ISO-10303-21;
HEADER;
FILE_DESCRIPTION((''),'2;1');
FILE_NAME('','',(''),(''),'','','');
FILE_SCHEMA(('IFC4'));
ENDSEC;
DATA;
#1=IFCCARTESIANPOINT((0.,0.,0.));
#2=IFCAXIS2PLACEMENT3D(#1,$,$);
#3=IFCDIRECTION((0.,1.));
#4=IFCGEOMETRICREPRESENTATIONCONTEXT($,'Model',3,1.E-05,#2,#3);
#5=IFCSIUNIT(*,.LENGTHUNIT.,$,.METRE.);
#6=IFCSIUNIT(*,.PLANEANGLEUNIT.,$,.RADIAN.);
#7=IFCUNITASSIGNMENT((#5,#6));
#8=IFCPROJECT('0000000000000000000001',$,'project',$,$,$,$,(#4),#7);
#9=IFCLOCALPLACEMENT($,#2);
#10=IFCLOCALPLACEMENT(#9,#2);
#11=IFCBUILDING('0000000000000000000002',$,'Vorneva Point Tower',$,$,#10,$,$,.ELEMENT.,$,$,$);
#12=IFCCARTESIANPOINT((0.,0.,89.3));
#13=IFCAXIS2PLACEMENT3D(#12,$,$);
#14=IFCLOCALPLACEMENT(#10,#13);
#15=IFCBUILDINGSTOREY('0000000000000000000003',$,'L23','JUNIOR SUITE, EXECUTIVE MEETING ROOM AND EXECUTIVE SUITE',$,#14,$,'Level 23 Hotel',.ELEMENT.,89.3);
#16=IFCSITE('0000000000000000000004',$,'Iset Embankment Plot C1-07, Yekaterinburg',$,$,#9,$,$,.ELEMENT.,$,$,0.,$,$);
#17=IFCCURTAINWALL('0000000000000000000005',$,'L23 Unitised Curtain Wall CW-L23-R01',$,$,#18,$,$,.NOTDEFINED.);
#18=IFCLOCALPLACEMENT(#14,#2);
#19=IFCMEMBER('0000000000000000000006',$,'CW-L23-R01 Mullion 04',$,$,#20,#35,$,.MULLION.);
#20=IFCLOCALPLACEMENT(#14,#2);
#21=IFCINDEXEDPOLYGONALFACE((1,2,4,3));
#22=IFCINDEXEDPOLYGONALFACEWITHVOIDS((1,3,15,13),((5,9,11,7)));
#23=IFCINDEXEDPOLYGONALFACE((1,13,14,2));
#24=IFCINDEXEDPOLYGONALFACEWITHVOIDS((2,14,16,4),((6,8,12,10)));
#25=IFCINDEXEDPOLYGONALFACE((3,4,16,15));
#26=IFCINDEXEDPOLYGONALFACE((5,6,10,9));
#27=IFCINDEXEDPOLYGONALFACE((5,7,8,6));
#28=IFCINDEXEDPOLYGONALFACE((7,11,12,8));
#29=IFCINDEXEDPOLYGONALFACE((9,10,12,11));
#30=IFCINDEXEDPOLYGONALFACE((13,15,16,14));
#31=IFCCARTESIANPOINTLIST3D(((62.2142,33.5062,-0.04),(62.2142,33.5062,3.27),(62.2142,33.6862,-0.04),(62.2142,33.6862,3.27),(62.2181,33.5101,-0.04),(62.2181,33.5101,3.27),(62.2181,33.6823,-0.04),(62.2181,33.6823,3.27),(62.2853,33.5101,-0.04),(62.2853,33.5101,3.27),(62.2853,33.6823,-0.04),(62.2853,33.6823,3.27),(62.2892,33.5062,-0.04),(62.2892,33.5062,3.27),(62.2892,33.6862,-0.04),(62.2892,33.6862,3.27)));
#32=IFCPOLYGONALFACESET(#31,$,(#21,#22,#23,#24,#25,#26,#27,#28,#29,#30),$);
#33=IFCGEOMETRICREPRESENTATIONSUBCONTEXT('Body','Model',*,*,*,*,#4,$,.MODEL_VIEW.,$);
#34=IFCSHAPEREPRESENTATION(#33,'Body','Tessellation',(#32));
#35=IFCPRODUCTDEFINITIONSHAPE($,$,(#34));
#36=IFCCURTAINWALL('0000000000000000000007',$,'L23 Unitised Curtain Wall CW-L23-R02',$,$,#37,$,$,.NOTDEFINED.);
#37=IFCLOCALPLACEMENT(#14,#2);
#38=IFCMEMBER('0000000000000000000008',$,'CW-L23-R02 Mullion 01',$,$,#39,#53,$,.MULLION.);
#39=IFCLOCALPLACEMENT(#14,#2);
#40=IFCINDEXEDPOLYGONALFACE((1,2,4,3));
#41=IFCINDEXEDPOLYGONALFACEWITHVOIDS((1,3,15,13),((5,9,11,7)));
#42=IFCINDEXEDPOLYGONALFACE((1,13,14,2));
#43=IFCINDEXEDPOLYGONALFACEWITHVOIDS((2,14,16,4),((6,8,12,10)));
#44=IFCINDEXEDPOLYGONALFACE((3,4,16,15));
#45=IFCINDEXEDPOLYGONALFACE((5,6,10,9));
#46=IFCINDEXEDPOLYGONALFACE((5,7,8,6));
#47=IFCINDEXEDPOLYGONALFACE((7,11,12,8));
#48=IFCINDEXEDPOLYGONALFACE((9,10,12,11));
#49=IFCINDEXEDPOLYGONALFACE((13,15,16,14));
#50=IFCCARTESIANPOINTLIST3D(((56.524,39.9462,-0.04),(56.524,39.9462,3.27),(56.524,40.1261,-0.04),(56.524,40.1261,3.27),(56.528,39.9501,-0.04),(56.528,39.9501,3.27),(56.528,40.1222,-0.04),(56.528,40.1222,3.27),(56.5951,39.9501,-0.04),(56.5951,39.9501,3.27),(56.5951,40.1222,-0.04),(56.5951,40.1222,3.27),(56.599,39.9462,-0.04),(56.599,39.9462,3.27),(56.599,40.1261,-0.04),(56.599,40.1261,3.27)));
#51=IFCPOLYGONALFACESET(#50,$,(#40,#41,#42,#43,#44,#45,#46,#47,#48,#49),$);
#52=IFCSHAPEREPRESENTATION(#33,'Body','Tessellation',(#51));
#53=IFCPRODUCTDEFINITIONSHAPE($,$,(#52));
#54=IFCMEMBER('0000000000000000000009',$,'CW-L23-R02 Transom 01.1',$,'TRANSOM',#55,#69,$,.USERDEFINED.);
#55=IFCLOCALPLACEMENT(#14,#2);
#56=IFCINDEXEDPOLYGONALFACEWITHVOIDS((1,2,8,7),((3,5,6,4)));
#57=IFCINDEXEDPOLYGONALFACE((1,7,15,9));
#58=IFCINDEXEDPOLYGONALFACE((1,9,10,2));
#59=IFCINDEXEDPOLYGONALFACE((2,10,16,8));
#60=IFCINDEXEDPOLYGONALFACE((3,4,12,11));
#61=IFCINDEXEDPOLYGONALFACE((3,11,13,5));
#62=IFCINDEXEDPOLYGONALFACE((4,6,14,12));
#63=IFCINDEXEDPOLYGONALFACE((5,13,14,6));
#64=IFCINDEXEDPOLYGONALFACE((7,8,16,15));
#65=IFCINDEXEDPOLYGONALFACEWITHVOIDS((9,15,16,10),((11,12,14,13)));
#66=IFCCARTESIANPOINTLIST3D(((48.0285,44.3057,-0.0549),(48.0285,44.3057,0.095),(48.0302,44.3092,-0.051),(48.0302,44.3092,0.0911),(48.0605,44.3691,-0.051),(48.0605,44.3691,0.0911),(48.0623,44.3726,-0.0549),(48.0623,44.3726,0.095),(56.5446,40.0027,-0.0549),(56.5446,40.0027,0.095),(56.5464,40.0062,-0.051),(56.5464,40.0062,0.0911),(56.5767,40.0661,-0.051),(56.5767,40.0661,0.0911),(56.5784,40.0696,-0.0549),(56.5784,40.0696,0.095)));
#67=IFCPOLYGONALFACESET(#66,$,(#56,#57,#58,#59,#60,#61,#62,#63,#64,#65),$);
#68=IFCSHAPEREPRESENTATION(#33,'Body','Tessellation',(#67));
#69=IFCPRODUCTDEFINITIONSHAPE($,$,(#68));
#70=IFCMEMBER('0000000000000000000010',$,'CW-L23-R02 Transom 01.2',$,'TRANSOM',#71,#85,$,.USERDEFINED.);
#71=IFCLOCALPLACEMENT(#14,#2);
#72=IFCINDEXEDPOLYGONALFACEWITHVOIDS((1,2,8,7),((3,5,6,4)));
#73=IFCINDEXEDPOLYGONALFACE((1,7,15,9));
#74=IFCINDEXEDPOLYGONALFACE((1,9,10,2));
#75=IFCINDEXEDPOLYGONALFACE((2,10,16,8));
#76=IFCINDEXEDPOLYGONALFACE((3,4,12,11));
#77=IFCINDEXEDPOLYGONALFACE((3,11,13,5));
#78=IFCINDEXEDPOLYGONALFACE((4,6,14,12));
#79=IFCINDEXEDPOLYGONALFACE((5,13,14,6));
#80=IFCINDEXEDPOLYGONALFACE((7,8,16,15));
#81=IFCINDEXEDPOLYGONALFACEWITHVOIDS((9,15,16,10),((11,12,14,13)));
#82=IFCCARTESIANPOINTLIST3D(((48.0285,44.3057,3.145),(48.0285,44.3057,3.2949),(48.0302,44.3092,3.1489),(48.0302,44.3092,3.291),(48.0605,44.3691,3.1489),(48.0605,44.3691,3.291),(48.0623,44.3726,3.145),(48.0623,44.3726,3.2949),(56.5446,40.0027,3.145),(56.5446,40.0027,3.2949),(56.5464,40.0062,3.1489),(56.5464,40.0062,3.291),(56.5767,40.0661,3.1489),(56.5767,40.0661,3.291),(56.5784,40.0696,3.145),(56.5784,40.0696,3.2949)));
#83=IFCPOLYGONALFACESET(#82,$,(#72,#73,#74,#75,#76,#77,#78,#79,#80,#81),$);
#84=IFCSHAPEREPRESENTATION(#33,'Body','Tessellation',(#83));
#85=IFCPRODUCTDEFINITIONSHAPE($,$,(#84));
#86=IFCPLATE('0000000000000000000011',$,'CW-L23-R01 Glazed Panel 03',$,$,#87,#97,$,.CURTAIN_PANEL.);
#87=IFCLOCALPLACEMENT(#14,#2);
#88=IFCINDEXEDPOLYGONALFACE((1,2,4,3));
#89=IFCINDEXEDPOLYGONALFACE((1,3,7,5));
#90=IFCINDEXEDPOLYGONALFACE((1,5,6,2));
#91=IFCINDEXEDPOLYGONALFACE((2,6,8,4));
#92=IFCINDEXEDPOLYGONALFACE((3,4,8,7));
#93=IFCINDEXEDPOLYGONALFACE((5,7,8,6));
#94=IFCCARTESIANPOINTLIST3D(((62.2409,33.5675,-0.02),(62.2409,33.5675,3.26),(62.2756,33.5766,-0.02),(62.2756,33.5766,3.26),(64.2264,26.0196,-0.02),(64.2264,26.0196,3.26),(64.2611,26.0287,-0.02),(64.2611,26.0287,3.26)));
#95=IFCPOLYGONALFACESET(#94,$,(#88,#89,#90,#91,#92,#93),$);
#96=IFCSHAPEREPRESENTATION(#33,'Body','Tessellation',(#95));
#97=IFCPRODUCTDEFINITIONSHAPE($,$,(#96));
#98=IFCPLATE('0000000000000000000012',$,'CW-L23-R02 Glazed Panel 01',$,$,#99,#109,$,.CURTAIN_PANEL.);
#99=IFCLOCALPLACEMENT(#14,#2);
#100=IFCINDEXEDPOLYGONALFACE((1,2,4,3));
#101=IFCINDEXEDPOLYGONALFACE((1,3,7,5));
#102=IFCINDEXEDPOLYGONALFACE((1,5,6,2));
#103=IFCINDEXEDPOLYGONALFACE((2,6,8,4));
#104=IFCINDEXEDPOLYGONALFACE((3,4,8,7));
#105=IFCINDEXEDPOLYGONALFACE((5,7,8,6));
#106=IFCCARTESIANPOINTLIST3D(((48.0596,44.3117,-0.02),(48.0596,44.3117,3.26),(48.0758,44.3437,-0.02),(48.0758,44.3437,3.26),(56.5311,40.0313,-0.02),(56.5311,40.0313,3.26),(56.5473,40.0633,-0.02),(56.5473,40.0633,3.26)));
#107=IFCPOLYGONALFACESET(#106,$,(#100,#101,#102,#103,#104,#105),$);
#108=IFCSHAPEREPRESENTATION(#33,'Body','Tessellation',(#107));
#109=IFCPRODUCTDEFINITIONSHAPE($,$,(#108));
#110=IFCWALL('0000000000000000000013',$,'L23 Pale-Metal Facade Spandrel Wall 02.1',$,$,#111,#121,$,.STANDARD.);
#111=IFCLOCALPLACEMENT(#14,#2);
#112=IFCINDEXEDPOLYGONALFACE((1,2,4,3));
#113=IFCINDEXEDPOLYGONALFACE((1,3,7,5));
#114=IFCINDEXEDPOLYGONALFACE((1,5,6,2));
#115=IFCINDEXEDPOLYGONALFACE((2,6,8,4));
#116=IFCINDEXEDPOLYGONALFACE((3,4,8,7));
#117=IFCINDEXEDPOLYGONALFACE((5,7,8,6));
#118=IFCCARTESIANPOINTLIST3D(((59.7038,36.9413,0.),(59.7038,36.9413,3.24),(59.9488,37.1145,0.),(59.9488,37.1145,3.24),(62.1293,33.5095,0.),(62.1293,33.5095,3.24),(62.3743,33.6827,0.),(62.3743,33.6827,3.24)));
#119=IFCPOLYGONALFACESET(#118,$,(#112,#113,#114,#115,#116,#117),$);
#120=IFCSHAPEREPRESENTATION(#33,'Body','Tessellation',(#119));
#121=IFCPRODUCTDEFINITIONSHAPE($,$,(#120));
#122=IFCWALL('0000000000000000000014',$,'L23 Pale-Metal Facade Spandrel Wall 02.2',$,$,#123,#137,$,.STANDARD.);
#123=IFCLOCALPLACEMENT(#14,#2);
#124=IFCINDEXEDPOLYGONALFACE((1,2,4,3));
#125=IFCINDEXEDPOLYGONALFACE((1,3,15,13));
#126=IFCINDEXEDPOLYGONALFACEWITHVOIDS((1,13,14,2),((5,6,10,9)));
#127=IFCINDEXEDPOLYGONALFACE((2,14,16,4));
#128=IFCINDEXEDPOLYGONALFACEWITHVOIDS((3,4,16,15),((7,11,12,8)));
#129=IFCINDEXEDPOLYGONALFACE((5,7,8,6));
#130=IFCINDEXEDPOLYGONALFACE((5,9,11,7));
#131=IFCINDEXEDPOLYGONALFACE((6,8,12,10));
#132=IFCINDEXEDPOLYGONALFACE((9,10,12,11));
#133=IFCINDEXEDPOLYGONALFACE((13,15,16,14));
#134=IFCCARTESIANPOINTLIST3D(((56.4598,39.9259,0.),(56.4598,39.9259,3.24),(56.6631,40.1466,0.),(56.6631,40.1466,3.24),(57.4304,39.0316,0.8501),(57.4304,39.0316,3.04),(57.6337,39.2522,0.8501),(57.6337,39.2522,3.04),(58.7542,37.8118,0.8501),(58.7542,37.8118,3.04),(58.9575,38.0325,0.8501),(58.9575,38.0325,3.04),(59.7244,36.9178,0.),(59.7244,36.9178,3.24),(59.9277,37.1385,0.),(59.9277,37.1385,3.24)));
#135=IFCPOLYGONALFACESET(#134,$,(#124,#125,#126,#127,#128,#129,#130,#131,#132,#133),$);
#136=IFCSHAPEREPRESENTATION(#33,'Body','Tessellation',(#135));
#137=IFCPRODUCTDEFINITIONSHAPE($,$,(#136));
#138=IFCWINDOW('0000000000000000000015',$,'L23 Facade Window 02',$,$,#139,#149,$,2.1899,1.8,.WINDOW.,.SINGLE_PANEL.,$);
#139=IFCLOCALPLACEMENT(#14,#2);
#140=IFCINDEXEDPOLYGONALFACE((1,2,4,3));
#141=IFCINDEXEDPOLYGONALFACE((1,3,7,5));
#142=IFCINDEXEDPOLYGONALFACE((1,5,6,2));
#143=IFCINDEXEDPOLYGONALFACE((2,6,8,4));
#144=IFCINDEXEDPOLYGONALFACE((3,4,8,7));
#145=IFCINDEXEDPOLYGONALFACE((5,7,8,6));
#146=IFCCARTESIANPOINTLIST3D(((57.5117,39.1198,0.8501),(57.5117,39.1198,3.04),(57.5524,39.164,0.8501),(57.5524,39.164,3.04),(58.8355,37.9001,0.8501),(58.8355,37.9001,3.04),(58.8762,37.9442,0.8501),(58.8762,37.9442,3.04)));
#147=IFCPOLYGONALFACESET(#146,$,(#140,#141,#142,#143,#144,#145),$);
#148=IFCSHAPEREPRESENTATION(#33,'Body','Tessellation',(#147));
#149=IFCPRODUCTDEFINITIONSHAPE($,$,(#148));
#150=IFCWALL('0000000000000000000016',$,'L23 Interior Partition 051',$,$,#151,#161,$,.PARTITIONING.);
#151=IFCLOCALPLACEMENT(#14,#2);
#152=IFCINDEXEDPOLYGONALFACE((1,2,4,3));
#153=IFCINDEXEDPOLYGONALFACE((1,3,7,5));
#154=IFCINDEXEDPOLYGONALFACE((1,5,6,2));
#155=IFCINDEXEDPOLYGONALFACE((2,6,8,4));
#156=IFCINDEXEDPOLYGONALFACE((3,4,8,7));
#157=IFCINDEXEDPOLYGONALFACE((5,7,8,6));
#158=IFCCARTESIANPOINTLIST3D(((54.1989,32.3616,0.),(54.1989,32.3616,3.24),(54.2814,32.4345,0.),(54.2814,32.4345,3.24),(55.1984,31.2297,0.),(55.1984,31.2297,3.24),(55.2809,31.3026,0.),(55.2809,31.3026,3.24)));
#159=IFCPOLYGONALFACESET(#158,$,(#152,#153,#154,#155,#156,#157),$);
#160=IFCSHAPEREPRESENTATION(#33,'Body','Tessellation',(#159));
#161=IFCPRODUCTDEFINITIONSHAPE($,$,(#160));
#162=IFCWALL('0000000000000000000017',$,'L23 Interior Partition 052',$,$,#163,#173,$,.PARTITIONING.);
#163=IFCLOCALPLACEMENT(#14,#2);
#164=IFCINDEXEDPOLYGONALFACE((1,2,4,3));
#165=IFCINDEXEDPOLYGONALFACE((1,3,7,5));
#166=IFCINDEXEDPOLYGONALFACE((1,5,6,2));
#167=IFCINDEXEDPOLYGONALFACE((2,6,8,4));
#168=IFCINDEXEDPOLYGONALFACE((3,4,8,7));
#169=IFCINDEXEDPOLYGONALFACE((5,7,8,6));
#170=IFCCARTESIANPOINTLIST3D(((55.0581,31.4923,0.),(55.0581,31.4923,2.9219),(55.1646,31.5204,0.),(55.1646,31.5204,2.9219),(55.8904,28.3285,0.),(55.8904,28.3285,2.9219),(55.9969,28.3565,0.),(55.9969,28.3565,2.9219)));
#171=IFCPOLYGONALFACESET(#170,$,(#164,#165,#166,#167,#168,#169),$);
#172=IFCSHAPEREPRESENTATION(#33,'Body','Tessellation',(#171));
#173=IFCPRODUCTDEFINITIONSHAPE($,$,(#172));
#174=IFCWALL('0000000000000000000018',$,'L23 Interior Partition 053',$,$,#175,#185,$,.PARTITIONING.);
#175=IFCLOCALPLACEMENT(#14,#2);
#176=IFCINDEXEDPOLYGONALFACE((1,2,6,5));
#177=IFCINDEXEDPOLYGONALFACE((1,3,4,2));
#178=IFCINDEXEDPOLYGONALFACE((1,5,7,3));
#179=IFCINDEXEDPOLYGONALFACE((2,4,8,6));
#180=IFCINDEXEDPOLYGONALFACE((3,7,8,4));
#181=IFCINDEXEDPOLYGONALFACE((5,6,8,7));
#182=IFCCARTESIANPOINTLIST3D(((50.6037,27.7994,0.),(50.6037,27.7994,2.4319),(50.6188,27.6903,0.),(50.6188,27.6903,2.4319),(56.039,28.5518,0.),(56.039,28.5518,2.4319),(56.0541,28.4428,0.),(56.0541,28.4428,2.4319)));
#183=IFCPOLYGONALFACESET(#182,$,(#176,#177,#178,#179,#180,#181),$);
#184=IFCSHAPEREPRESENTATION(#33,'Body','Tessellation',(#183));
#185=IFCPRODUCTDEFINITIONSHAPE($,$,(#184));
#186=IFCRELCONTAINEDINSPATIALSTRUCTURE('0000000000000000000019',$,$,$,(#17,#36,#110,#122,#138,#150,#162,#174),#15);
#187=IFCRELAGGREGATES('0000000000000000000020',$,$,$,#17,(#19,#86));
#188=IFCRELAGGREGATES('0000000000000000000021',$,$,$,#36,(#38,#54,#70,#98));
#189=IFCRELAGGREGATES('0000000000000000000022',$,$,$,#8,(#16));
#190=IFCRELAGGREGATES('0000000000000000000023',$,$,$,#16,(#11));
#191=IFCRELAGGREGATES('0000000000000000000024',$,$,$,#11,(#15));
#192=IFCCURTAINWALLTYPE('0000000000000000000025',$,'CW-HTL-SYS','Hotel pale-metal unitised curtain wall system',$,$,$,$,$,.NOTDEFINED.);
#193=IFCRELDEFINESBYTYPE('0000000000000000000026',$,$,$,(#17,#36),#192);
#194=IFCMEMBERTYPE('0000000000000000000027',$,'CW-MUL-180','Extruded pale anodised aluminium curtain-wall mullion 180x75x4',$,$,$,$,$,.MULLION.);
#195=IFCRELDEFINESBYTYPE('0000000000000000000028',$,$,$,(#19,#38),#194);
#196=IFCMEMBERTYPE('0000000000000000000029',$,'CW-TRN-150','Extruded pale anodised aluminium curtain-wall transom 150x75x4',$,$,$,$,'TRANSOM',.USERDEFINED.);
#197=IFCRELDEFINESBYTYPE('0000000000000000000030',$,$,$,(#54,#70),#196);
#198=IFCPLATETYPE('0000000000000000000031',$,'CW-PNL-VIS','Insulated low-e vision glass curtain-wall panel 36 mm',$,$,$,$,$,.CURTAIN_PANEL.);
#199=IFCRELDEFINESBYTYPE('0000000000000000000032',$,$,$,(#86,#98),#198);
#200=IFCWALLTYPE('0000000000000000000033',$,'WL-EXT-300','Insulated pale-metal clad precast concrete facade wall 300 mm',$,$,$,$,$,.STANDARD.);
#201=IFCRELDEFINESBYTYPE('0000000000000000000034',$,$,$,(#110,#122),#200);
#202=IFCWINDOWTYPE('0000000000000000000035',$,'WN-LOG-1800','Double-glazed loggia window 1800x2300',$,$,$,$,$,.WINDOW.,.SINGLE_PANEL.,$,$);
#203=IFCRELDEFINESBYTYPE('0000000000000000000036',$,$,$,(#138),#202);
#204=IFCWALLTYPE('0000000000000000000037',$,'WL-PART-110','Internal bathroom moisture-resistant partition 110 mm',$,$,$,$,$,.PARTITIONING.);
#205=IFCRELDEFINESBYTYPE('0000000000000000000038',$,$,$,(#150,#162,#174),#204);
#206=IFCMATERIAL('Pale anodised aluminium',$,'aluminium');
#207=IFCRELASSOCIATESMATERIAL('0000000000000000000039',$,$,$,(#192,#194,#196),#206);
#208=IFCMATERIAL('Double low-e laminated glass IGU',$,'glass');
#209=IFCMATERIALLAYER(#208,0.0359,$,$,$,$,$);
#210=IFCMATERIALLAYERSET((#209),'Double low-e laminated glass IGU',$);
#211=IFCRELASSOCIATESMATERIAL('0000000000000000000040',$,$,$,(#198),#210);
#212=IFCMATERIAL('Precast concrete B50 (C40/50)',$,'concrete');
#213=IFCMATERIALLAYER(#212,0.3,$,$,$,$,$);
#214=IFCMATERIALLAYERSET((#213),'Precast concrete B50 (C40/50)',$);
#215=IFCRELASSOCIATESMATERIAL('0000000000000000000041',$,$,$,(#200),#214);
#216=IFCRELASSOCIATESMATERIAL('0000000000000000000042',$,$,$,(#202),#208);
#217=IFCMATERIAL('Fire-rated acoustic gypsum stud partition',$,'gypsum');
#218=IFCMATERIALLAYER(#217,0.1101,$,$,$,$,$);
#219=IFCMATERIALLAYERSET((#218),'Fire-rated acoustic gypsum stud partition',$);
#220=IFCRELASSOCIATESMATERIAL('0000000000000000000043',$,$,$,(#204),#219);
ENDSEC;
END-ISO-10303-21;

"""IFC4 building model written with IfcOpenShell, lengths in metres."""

from ifc_helpers import new_model, si_unit, direction, frame, frame_2d, origin, origin_2d, place, context, subcontext, project, spatial, rectangle, hollow_rectangle, extrude, material, layer, layer_set, material_profile, profile_set, type_object, element, fill, aggregate, save


model = new_model("IFC4")

# Units and contexts
model_context = context("Model", 3, precision=1e-05, world=origin(), true_north=direction((0.0, 1.0)))
body_context = subcontext(model_context, "Body", "Model", "MODEL_VIEW")
ifc_project = project(units=[si_unit("LENGTHUNIT", "METRE"), si_unit("PLANEANGLEUNIT", "RADIAN")], contexts=[model_context])

# Site, building, storey
site_placement = place(None, origin())
site = spatial("IfcSite", under=ifc_project, at=site_placement, Name="Iset Embankment Plot C1-07, Yekaterinburg", CompositionType="ELEMENT", RefElevation=0.0)
building_placement = place(site_placement, origin())
building = spatial("IfcBuilding", under=site, at=building_placement, Name="Vorneva Point Tower", CompositionType="ELEMENT")
storey_placement = place(building_placement, frame((0.0, 0.0, 89.3)))
storey = spatial("IfcBuildingStorey", under=building, at=storey_placement, Name="L23", Description="JUNIOR SUITE, EXECUTIVE MEETING ROOM AND EXECUTIVE SUITE", LongName="Level 23 Hotel", CompositionType="ELEMENT", Elevation=89.3)

# Curtain wall, member
ifc_material_1 = material(Name="Pale anodised aluminium", Category="aluminium")
curtain_wall_type = type_object("IfcCurtainWallType", Name="CW-HTL-SYS", Description="Hotel pale-metal unitised curtain wall system", PredefinedType="NOTDEFINED", material=ifc_material_1)
curtain_wall_1_placement = place(storey_placement, origin())
curtain_wall_1 = element("IfcCurtainWall", 1, at=curtain_wall_1_placement, inside=storey, type_object=curtain_wall_type, Name="L23 Unitised Curtain Wall CW-L23-R01", PredefinedType="NOTDEFINED")
ifc_material_profile_1 = material_profile(ifc_material_1, hollow_rectangle(XDim=0.075, YDim=0.1799, WallThickness=0.0039, at=origin_2d()), Name="AL-MUL 180x75x4")
ifc_profile_set_1 = profile_set([ifc_material_profile_1], Name="Pale anodised aluminium")
member_type_1 = type_object("IfcMemberType", Name="CW-MUL-180", Description="Extruded pale anodised aluminium curtain-wall mullion 180x75x4", PredefinedType="MULLION", material=ifc_profile_set_1)
member_1_placement = place(storey_placement, frame((62.2517, 33.5962, -0.04), z_axis=(0.0, 0.0, 1.0), x_axis=(1.0, 0.0, 0.0)))
member_1 = element("IfcMember", 2, at=member_1_placement, type_object=member_type_1, Name="CW-L23-R01 Mullion 04", PredefinedType="MULLION", context=body_context, shape_type="SweptSolid", body=[
    extrude(hollow_rectangle(XDim=0.075, YDim=0.1799, WallThickness=0.0039, at=origin_2d()), origin(), (0.0, 0.0, 1.0), 3.3101),
])

# Curtain wall, members
curtain_wall_2_placement = place(storey_placement, origin())
curtain_wall_2 = element("IfcCurtainWall", 3, at=curtain_wall_2_placement, inside=storey, type_object=curtain_wall_type, Name="L23 Unitised Curtain Wall CW-L23-R02", PredefinedType="NOTDEFINED")
member_2_placement = place(storey_placement, frame((56.5615, 40.0361, -0.04), z_axis=(0.0, 0.0, 1.0), x_axis=(1.0, 0.0, 0.0)))
member_2 = element("IfcMember", 4, at=member_2_placement, type_object=member_type_1, Name="CW-L23-R02 Mullion 01", PredefinedType="MULLION", context=body_context, shape_type="SweptSolid", body=[
    extrude(hollow_rectangle(XDim=0.075, YDim=0.1799, WallThickness=0.0039, at=origin_2d()), origin(), (0.0, 0.0, 1.0), 3.3101),
])
ifc_material_profile_2 = material_profile(ifc_material_1, hollow_rectangle(XDim=0.075, YDim=0.1499, WallThickness=0.0039, at=origin_2d()), Name="AL-TRN 150x75x4")
ifc_profile_set_2 = profile_set([ifc_material_profile_2], Name="Pale anodised aluminium")
member_type_2 = type_object("IfcMemberType", Name="CW-TRN-150", Description="Extruded pale anodised aluminium curtain-wall transom 150x75x4", ElementType="TRANSOM", PredefinedType="USERDEFINED", material=ifc_profile_set_2)
member_3_placement = place(storey_placement, frame((56.5615, 40.0361, 0.02), z_axis=(-0.892536, 0.450976, 0.0), x_axis=(-0.450976, -0.892536, 0.0)))
member_3 = element("IfcMember", 5, at=member_3_placement, type_object=member_type_2, Name="CW-L23-R02 Transom 01.1", ObjectType="TRANSOM", PredefinedType="USERDEFINED", context=body_context, shape_type="SweptSolid", body=[
    extrude(hollow_rectangle(XDim=0.075, YDim=0.1499, WallThickness=0.0039, at=origin_2d()), origin(), (0.0, 0.0, 1.0), 9.5415),
])
member_4_placement = place(storey_placement, frame((56.5615, 40.0361, 3.22), z_axis=(-0.892536, 0.450976, 0.0), x_axis=(-0.450976, -0.892536, 0.0)))
member_4 = element("IfcMember", 6, at=member_4_placement, type_object=member_type_2, Name="CW-L23-R02 Transom 01.2", ObjectType="TRANSOM", PredefinedType="USERDEFINED", context=body_context, shape_type="SweptSolid", body=[
    extrude(hollow_rectangle(XDim=0.075, YDim=0.1499, WallThickness=0.0039, at=origin_2d()), origin(), (0.0, 0.0, 1.0), 9.5415),
])

# Plates
ifc_material_2 = material(Name="Double low-e laminated glass IGU", Category="glass")
ifc_layer_1 = layer(ifc_material_2, 0.0359)
ifc_layer_set_1 = layer_set([ifc_layer_1], Name="Double low-e laminated glass IGU")
plate_type = type_object("IfcPlateType", Name="CW-PNL-VIS", Description="Insulated low-e vision glass curtain-wall panel 36 mm", PredefinedType="CURTAIN_PANEL", material=ifc_layer_set_1)
plate_1_placement = place(storey_placement, frame((63.251, 29.7981, -0.02), z_axis=(0.0, 0.0, 1.0), x_axis=(-0.254399, 0.967099, 0.0)))
plate_1 = element("IfcPlate", 7, at=plate_1_placement, type_object=plate_type, Name="CW-L23-R01 Glazed Panel 03", PredefinedType="CURTAIN_PANEL", context=body_context, shape_type="SweptSolid", body=[
    extrude(rectangle(XDim=7.8047, YDim=0.0359, at=origin_2d()), origin(), (0.0, 0.0, 1.0), 3.28),
])
aggregate(curtain_wall_1, [member_1, plate_1])
plate_2_placement = place(storey_placement, frame((52.3035, 42.1875, -0.02), z_axis=(0.0, 0.0, 1.0), x_axis=(-0.892539, 0.450971, 0.0)))
plate_2 = element("IfcPlate", 8, at=plate_2_placement, type_object=plate_type, Name="CW-L23-R02 Glazed Panel 01", PredefinedType="CURTAIN_PANEL", context=body_context, shape_type="SweptSolid", body=[
    extrude(rectangle(XDim=9.4915, YDim=0.0359, at=origin_2d()), origin(), (0.0, 0.0, 1.0), 3.28),
])
aggregate(curtain_wall_2, [member_2, member_3, member_4, plate_2])

# Wall
ifc_material_3 = material(Name="Precast concrete B50 (C40/50)", Category="concrete")
ifc_layer_2 = layer(ifc_material_3, 0.3)
ifc_layer_set_2 = layer_set([ifc_layer_2], Name="Precast concrete B50 (C40/50)")
wall_type_1 = type_object("IfcWallType", Name="WL-EXT-300", Description="Insulated pale-metal clad precast concrete facade wall 300 mm", PredefinedType="STANDARD", material=ifc_layer_set_2)
wall_1_placement = place(storey_placement, frame((62.2517, 33.5962, 0.0), z_axis=(0.0, 0.0, 1.0), x_axis=(-0.577164, 0.816628, 0.0)))
element("IfcWall", 9, at=wall_1_placement, inside=storey, type_object=wall_type_1, Name="L23 Pale-Metal Facade Spandrel Wall 02.1", PredefinedType="STANDARD", context=body_context, shape_type="SweptSolid", body=[
    extrude(rectangle(XDim=4.2024, YDim=0.3, at=frame_2d((2.1011, 0.0))), origin(), (0.0, 0.0, 1.0), 3.24),
])

# Wall, opening, window
wall_2_placement = place(storey_placement, frame((59.8262, 37.0281, 0.0), z_axis=(0.0, 0.0, 1.0), x_axis=(-0.735417, 0.677615, 0.0)))
wall_2 = element("IfcWall", 10, at=wall_2_placement, inside=storey, type_object=wall_type_1, Name="L23 Pale-Metal Facade Spandrel Wall 02.2", PredefinedType="STANDARD", context=body_context, shape_type="SweptSolid", body=[
    extrude(rectangle(XDim=4.4392, YDim=0.3, at=frame_2d((2.2197, 0.0))), origin(), (0.0, 0.0, 1.0), 3.24),
])
opening_placement = place(wall_2_placement, frame((1.3196, 0.0, 0.8501)))
opening = element("IfcOpeningElement", 11, at=opening_placement, cuts=wall_2, PredefinedType="OPENING", context=body_context, shape_type="SweptSolid", body=[
    extrude(rectangle(XDim=1.8, YDim=2.1899, at=frame_2d((0.8999, 1.095))), frame((0.0, 0.165, 0.0), z_axis=(0.0, -1.0, 0.0), x_axis=(1.0, 0.0, 0.0)), (0.0, 0.0, 1.0), 0.3298),
])
window_type = type_object("IfcWindowType", Name="WN-LOG-1800", Description="Double-glazed loggia window 1800x2300", PartitioningType="SINGLE_PANEL", PredefinedType="WINDOW", material=ifc_material_2)
window_placement = place(opening_placement, origin())
window = element("IfcWindow", 12, at=window_placement, inside=storey, type_object=window_type, Name="L23 Facade Window 02", OverallHeight=2.1899, OverallWidth=1.8, PartitioningType="SINGLE_PANEL", PredefinedType="WINDOW", context=body_context, shape_type="SweptSolid", body=[
    extrude(rectangle(XDim=1.8, YDim=2.1899, at=frame_2d((0.8999, 1.095))), frame((0.0, 0.03, 0.0), z_axis=(0.0, -1.0, 0.0), x_axis=(1.0, 0.0, 0.0)), (0.0, 0.0, 1.0), 0.0601),
])
fill(opening, window)

# Walls
ifc_material_4 = material(Name="Fire-rated acoustic gypsum stud partition", Category="gypsum")
ifc_layer_3 = layer(ifc_material_4, 0.1101)
ifc_layer_set_3 = layer_set([ifc_layer_3], Name="Fire-rated acoustic gypsum stud partition")
wall_type_2 = type_object("IfcWallType", Name="WL-PART-110", Description="Internal bathroom moisture-resistant partition 110 mm", PredefinedType="PARTITIONING", material=ifc_layer_set_3)
wall_3_placement = place(storey_placement, frame((54.2402, 32.3979, 0.0), z_axis=(0.0, 0.0, 1.0), x_axis=(0.661932, -0.749564, 0.0)))
element("IfcWall", 13, at=wall_3_placement, inside=storey, type_object=wall_type_2, Name="L23 Interior Partition 051", PredefinedType="PARTITIONING", context=body_context, shape_type="SweptSolid", body=[
    extrude(rectangle(XDim=1.51, YDim=0.1101, at=frame_2d((0.7549, 0.0))), origin(), (0.0, 0.0, 1.0), 3.24),
])
wall_4_placement = place(storey_placement, frame((55.1113, 31.5063, 0.0), z_axis=(0.0, 0.0, 1.0), x_axis=(0.254405, -0.967098, 0.0)))
element("IfcWall", 14, at=wall_4_placement, inside=storey, type_object=wall_type_2, Name="L23 Interior Partition 052", PredefinedType="PARTITIONING", context=body_context, shape_type="SweptSolid", body=[
    extrude(rectangle(XDim=3.2715, YDim=0.1101, at=frame_2d((1.6357, 0.0))), origin(), (0.0, 0.0, 1.0), 2.9219),
])
wall_5_placement = place(storey_placement, frame((56.0466, 28.4973, 0.0), z_axis=(0.0, 0.0, 1.0), x_axis=(-0.990553, -0.137128, 0.0)))
element("IfcWall", 15, at=wall_5_placement, inside=storey, type_object=wall_type_2, Name="L23 Interior Partition 053", PredefinedType="PARTITIONING", context=body_context, shape_type="SweptSolid", body=[
    extrude(rectangle(XDim=5.4871, YDim=0.1101, at=frame_2d((2.7437, 0.0))), origin(), (0.0, 0.0, 1.0), 2.4319),
])

save(model, "model.ifc")
